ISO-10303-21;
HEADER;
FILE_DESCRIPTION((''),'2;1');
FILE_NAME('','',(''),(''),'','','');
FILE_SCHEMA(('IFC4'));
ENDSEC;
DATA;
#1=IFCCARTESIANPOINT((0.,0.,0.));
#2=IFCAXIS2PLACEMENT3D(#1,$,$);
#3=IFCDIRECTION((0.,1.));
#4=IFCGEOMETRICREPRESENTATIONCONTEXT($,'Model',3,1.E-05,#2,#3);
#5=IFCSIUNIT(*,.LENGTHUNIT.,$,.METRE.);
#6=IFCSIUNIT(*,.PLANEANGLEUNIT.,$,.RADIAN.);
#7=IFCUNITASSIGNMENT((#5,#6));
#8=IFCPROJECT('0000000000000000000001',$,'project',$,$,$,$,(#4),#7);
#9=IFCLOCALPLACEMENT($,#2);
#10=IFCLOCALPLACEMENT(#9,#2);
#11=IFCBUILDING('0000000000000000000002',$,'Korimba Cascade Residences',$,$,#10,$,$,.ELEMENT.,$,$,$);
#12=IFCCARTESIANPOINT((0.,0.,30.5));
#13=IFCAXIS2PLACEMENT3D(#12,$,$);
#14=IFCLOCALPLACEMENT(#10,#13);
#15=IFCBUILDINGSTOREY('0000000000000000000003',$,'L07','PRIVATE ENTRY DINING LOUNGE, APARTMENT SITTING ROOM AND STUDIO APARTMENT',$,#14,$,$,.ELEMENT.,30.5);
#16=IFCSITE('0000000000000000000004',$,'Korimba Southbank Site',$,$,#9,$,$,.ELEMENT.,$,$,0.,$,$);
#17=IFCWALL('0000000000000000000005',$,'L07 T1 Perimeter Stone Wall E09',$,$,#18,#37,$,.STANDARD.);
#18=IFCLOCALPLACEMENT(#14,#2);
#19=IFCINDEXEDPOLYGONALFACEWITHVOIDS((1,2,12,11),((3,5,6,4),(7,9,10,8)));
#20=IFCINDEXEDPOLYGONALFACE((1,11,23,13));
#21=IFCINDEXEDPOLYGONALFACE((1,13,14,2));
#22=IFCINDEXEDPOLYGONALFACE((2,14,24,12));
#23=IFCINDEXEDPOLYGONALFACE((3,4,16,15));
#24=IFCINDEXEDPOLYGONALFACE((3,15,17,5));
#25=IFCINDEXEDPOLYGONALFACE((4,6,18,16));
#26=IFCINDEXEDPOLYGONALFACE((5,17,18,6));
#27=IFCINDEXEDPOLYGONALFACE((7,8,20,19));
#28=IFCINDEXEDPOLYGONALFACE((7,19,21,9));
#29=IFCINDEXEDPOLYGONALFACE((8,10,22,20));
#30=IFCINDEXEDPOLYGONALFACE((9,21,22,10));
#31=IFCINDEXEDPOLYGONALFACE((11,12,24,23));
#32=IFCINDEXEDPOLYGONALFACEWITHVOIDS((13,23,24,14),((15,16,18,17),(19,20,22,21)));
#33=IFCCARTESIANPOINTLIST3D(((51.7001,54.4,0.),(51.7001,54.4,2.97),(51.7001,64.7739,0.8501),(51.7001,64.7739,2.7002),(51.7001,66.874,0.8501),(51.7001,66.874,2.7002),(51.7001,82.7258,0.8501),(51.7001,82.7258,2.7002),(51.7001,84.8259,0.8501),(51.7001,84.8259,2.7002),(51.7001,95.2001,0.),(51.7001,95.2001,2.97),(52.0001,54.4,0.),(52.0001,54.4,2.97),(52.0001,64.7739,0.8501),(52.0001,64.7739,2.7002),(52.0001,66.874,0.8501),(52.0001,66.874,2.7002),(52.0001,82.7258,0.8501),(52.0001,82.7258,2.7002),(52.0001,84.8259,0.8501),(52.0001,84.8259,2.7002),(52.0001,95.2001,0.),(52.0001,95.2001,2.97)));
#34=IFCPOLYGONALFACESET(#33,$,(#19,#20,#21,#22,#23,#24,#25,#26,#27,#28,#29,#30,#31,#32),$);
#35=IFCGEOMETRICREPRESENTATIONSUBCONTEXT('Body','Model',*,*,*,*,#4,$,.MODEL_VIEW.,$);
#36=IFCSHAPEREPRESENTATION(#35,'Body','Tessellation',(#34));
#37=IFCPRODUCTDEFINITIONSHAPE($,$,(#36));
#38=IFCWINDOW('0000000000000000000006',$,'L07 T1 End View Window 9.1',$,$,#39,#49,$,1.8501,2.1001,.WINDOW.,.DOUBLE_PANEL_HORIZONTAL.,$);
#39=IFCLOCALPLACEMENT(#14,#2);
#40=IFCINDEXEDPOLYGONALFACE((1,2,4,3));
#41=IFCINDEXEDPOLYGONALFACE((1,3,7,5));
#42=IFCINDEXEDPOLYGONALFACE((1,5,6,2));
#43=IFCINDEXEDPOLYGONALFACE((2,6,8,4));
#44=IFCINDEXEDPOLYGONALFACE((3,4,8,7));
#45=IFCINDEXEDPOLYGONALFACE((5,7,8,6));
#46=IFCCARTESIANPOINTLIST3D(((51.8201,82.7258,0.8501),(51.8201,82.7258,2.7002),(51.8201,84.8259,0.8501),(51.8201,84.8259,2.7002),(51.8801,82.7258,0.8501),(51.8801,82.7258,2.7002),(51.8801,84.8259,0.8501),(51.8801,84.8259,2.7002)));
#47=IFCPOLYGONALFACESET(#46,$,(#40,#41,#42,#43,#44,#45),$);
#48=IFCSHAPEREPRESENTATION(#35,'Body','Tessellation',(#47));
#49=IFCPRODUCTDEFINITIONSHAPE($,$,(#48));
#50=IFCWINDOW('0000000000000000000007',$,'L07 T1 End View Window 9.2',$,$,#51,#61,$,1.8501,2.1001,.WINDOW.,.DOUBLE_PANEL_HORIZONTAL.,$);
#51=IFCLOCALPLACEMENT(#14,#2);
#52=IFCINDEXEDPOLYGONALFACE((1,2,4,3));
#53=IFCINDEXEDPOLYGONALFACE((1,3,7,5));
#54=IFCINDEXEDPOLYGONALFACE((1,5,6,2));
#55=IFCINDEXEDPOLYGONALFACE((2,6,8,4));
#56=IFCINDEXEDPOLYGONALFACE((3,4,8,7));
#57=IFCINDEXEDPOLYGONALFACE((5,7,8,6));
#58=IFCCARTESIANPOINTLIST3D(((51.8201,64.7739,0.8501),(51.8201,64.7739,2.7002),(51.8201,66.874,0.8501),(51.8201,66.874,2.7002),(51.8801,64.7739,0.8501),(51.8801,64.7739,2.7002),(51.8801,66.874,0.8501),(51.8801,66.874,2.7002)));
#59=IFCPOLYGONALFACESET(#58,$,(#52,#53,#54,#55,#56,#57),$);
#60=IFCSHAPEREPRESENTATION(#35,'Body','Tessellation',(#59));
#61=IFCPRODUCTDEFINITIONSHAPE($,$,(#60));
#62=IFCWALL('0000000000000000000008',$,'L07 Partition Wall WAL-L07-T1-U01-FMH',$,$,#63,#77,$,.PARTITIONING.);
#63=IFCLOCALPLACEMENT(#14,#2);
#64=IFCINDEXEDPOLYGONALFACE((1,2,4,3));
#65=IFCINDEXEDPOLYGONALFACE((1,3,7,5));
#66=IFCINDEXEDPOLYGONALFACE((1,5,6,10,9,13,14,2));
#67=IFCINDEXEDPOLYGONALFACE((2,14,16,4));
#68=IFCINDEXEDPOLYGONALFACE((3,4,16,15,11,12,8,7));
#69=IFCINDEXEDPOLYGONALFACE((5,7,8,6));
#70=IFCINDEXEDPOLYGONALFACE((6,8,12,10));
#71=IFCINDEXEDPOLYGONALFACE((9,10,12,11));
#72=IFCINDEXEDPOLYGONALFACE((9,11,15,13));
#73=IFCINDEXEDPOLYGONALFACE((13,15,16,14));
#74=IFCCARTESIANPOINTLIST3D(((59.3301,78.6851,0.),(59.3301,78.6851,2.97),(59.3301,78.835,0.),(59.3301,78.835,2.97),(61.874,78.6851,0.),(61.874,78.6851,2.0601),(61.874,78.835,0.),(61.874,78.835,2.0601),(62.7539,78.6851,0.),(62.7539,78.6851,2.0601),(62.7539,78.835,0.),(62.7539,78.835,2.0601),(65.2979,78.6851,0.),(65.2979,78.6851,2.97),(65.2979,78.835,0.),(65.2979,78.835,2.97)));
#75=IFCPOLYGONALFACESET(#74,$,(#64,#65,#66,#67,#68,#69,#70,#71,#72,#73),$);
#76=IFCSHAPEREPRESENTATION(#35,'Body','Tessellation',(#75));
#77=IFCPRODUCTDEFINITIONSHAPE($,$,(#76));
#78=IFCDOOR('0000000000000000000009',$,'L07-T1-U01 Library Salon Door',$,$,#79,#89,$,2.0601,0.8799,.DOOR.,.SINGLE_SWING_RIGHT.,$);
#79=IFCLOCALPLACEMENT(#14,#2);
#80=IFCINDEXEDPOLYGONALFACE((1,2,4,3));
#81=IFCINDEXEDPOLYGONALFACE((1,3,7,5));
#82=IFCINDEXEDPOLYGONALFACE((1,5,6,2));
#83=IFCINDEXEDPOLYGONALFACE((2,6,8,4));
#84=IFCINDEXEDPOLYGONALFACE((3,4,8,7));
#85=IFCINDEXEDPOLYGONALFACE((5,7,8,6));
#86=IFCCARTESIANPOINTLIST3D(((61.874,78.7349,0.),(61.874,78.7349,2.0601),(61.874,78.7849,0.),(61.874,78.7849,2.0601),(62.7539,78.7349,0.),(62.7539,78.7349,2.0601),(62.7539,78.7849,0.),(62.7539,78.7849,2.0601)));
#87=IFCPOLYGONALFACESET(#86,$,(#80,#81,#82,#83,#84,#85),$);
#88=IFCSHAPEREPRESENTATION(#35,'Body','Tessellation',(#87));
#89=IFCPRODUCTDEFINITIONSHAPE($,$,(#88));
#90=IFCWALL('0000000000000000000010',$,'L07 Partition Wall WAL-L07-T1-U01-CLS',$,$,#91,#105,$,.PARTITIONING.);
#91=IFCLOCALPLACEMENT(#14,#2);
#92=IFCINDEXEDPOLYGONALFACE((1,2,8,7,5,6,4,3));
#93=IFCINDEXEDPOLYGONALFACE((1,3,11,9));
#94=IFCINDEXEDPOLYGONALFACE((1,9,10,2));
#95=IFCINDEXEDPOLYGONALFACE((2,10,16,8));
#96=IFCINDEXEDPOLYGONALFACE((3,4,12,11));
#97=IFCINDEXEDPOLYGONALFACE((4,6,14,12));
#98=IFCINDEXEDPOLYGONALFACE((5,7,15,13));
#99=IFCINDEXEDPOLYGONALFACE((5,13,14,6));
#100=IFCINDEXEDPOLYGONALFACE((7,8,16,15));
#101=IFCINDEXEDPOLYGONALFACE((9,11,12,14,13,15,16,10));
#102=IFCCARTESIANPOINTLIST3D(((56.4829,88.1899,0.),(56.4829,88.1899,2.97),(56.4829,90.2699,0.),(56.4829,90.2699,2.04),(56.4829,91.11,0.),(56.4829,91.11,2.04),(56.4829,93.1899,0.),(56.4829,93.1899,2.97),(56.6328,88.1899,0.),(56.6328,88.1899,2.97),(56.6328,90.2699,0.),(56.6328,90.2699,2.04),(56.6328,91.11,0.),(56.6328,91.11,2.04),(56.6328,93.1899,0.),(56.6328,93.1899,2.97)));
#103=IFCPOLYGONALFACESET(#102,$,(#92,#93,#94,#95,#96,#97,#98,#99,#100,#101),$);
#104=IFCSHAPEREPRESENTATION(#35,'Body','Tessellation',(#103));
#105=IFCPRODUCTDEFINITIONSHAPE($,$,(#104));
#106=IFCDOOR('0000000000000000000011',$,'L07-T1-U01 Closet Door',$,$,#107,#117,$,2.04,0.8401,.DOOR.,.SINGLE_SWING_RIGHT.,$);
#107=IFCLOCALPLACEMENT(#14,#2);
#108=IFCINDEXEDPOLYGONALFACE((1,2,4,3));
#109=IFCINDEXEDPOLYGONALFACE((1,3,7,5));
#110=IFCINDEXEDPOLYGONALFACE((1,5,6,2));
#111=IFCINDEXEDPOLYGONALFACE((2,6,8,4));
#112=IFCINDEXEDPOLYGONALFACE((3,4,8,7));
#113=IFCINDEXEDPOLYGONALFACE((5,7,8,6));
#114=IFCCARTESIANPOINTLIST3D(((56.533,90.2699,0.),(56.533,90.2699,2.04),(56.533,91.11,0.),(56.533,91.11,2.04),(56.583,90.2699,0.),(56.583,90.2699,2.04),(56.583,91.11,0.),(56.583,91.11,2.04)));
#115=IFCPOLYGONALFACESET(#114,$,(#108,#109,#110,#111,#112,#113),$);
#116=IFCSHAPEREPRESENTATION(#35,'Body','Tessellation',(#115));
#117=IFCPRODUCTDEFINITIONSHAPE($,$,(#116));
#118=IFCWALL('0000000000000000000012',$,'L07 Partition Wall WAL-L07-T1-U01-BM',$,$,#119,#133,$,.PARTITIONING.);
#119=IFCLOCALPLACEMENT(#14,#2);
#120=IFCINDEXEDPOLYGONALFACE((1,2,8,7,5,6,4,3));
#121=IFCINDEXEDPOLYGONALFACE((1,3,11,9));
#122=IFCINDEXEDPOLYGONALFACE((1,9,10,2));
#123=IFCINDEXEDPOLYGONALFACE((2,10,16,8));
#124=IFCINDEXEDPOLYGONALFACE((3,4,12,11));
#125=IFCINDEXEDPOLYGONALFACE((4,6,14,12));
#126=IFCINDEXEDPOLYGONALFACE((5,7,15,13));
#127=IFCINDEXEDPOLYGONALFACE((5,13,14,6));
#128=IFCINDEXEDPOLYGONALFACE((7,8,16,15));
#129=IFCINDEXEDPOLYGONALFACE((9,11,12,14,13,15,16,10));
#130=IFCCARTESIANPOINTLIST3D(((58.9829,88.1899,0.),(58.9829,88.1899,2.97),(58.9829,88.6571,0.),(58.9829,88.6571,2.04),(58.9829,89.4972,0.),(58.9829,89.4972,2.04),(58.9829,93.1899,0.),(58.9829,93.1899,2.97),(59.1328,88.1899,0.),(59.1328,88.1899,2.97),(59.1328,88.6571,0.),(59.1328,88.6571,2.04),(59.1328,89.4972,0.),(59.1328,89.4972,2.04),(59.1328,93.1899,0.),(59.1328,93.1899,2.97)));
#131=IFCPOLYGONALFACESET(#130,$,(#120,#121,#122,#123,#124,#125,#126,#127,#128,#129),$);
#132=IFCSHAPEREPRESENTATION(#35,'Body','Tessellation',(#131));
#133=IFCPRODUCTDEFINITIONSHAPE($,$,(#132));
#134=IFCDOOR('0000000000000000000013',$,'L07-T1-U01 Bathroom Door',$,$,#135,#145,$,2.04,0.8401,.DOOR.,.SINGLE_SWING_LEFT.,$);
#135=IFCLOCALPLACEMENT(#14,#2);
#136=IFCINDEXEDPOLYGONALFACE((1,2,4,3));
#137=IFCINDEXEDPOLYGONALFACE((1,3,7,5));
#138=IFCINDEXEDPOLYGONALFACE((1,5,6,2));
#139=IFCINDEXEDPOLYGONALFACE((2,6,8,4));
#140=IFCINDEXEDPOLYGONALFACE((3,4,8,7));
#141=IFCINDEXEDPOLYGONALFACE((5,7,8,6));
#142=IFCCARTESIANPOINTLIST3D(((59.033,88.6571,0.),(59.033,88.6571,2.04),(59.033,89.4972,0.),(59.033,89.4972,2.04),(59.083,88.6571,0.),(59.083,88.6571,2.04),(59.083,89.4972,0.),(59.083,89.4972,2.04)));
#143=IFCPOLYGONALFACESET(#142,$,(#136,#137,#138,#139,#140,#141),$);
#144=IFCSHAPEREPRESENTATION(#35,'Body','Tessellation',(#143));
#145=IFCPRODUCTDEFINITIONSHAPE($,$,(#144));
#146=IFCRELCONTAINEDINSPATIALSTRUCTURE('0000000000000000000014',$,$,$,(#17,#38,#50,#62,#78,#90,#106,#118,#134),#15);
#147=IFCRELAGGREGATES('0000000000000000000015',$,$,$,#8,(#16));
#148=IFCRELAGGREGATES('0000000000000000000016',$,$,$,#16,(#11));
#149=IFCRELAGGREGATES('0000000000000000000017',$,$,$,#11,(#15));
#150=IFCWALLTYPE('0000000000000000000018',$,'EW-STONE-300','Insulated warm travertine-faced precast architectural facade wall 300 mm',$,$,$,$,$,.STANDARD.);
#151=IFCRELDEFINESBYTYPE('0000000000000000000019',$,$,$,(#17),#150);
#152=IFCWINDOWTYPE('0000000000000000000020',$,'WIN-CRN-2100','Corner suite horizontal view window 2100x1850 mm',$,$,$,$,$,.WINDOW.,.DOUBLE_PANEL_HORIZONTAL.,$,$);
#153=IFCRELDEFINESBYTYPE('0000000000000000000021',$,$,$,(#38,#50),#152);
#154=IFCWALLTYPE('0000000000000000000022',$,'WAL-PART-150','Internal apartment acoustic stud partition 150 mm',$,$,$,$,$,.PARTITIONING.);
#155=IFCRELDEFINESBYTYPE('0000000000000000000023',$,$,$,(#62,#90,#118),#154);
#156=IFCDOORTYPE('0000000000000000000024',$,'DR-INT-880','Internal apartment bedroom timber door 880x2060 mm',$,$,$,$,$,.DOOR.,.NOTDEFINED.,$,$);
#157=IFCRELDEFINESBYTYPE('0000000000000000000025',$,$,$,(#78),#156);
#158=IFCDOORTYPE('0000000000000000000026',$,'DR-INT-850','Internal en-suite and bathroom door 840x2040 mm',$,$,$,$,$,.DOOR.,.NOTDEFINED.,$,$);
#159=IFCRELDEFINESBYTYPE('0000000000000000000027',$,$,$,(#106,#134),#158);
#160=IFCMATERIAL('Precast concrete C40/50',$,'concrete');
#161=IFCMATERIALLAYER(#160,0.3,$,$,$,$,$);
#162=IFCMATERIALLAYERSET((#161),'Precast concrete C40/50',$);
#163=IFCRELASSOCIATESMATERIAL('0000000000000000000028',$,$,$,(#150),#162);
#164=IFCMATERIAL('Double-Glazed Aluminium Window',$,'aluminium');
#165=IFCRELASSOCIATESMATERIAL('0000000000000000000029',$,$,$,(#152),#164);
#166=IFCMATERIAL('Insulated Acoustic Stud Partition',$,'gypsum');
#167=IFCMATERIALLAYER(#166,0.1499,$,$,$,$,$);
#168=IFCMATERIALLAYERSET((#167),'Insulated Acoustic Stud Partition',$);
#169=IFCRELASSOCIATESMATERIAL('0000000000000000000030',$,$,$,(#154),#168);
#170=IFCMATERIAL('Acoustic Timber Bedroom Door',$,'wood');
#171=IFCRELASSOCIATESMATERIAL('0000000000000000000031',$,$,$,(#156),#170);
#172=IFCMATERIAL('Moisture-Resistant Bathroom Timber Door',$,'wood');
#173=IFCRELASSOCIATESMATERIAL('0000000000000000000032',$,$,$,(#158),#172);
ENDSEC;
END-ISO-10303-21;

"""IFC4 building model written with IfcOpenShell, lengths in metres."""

from ifc_helpers import new_model, si_unit, direction, frame, frame_2d, origin, place, context, subcontext, project, spatial, rectangle, extrude, material, layer, layer_set, type_object, element, fill, save


model = new_model("IFC4")

# Units and contexts
model_context = context("Model", 3, precision=1e-05, world=origin(), true_north=direction((0.0, 1.0)))
body_context = subcontext(model_context, "Body", "Model", "MODEL_VIEW")
ifc_project = project(units=[si_unit("LENGTHUNIT", "METRE"), si_unit("PLANEANGLEUNIT", "RADIAN")], contexts=[model_context])

# Site, building, storey
site_placement = place(None, origin())
site = spatial("IfcSite", under=ifc_project, at=site_placement, Name="Korimba Southbank Site", CompositionType="ELEMENT", RefElevation=0.0)
building_placement = place(site_placement, origin())
building = spatial("IfcBuilding", under=site, at=building_placement, Name="Korimba Cascade Residences", CompositionType="ELEMENT")
storey_placement = place(building_placement, frame((0.0, 0.0, 30.5)))
storey = spatial("IfcBuildingStorey", under=building, at=storey_placement, Name="L07", Description="PRIVATE ENTRY DINING LOUNGE, APARTMENT SITTING ROOM AND STUDIO APARTMENT", CompositionType="ELEMENT", Elevation=30.5)

# Shared definitions
ifc_material_1 = material(Name="Precast concrete C40/50", Category="concrete")
ifc_layer_1 = layer(ifc_material_1, 0.3)
ifc_layer_set_1 = layer_set([ifc_layer_1], Name="Precast concrete C40/50")
wall_type_1 = type_object("IfcWallType", Name="EW-STONE-300", Description="Insulated warm travertine-faced precast architectural facade wall 300 mm", PredefinedType="STANDARD", material=ifc_layer_set_1)

# Wall, openings, windows
wall_1_placement = place(storey_placement, frame((51.8501, 95.2, 0.0), z_axis=(0.0, 0.0, 1.0), x_axis=(0.0, -1.0, 0.0)))
wall_1 = element("IfcWall", 1, at=wall_1_placement, inside=storey, type_object=wall_type_1, Name="L07 T1 Perimeter Stone Wall E09", PredefinedType="STANDARD", context=body_context, shape_type="SweptSolid", body=[
    extrude(rectangle(XDim=40.8, YDim=0.3, at=frame_2d((20.3999, 0.0))), origin(), (0.0, 0.0, 1.0), 2.97),
])
opening_1_placement = place(wall_1_placement, frame((10.374, 0.0, 0.8501)))
opening_1 = element("IfcOpeningElement", 2, at=opening_1_placement, cuts=wall_1, PredefinedType="OPENING", context=body_context, shape_type="SweptSolid", body=[
    extrude(rectangle(XDim=2.1001, YDim=1.8501, at=frame_2d((1.05, 0.925))), frame((0.0, 0.1602, 0.0), z_axis=(0.0, -1.0, 0.0), x_axis=(1.0, 0.0, 0.0)), (0.0, 0.0, 1.0), 0.3201),
])
opening_2_placement = place(wall_1_placement, frame((28.3259, 0.0, 0.8501)))
opening_2 = element("IfcOpeningElement", 3, at=opening_2_placement, cuts=wall_1, PredefinedType="OPENING", context=body_context, shape_type="SweptSolid", body=[
    extrude(rectangle(XDim=2.1001, YDim=1.8501, at=frame_2d((1.05, 0.925))), frame((0.0, 0.1602, 0.0), z_axis=(0.0, -1.0, 0.0), x_axis=(1.0, 0.0, 0.0)), (0.0, 0.0, 1.0), 0.3201),
])
ifc_material_2 = material(Name="Double-Glazed Aluminium Window", Category="aluminium")
window_type = type_object("IfcWindowType", Name="WIN-CRN-2100", Description="Corner suite horizontal view window 2100x1850 mm", PartitioningType="DOUBLE_PANEL_HORIZONTAL", PredefinedType="WINDOW", material=ifc_material_2)
window_1_placement = place(opening_1_placement, origin())
window_1 = element("IfcWindow", 4, at=window_1_placement, inside=storey, type_object=window_type, Name="L07 T1 End View Window 9.1", OverallHeight=1.8501, OverallWidth=2.1001, PartitioningType="DOUBLE_PANEL_HORIZONTAL", PredefinedType="WINDOW", context=body_context, shape_type="SweptSolid", body=[
    extrude(rectangle(XDim=2.1001, YDim=1.8501, at=frame_2d((1.05, 0.925))), frame((0.0, 0.03, 0.0), z_axis=(0.0, -1.0, 0.0), x_axis=(1.0, 0.0, 0.0)), (0.0, 0.0, 1.0), 0.0601),
])
fill(opening_1, window_1)
window_2_placement = place(opening_2_placement, origin())
window_2 = element("IfcWindow", 5, at=window_2_placement, inside=storey, type_object=window_type, Name="L07 T1 End View Window 9.2", OverallHeight=1.8501, OverallWidth=2.1001, PartitioningType="DOUBLE_PANEL_HORIZONTAL", PredefinedType="WINDOW", context=body_context, shape_type="SweptSolid", body=[
    extrude(rectangle(XDim=2.1001, YDim=1.8501, at=frame_2d((1.05, 0.925))), frame((0.0, 0.03, 0.0), z_axis=(0.0, -1.0, 0.0), x_axis=(1.0, 0.0, 0.0)), (0.0, 0.0, 1.0), 0.0601),
])
fill(opening_2, window_2)

# Walls, openings, doors
ifc_material_3 = material(Name="Insulated Acoustic Stud Partition", Category="gypsum")
ifc_layer_2 = layer(ifc_material_3, 0.1499)
ifc_layer_set_2 = layer_set([ifc_layer_2], Name="Insulated Acoustic Stud Partition")
wall_type_2 = type_object("IfcWallType", Name="WAL-PART-150", Description="Internal apartment acoustic stud partition 150 mm", PredefinedType="PARTITIONING", material=ifc_layer_set_2)
wall_2_placement = place(storey_placement, frame((59.3301, 78.76, 0.0), z_axis=(0.0, 0.0, 1.0), x_axis=(1.0, 0.0, 0.0)))
wall_2 = element("IfcWall", 6, at=wall_2_placement, inside=storey, type_object=wall_type_2, Name="L07 Partition Wall WAL-L07-T1-U01-FMH", PredefinedType="PARTITIONING", context=body_context, shape_type="SweptSolid", body=[
    extrude(rectangle(XDim=5.9678, YDim=0.1499, at=frame_2d((2.9839, 0.0))), origin(), (0.0, 0.0, 1.0), 2.97),
])
opening_3_placement = place(wall_2_placement, frame((2.5439, 0.0, 0.0)))
opening_3 = element("IfcOpeningElement", 7, at=opening_3_placement, cuts=wall_2, PredefinedType="OPENING", context=body_context, shape_type="SweptSolid", body=[
    extrude(rectangle(XDim=0.8799, YDim=2.0601, at=frame_2d((0.4399, 1.03))), frame((0.0, 0.085, 0.0), z_axis=(0.0, -1.0, 0.0), x_axis=(1.0, 0.0, 0.0)), (0.0, 0.0, 1.0), 0.1699),
])
ifc_material_4 = material(Name="Acoustic Timber Bedroom Door", Category="wood")
door_type_1 = type_object("IfcDoorType", Name="DR-INT-880", Description="Internal apartment bedroom timber door 880x2060 mm", OperationType="NOTDEFINED", PredefinedType="DOOR", material=ifc_material_4)
door_1_placement = place(opening_3_placement, origin())
door_1 = element("IfcDoor", 8, at=door_1_placement, inside=storey, type_object=door_type_1, Name="L07-T1-U01 Library Salon Door", OperationType="SINGLE_SWING_RIGHT", OverallHeight=2.0601, OverallWidth=0.8799, PredefinedType="DOOR", context=body_context, shape_type="SweptSolid", body=[
    extrude(rectangle(XDim=0.8799, YDim=2.0601, at=frame_2d((0.4399, 1.03))), frame((0.0, 0.0249, 0.0), z_axis=(0.0, -1.0, 0.0), x_axis=(1.0, 0.0, 0.0)), (0.0, 0.0, 1.0), 0.05),
])
fill(opening_3, door_1)
wall_3_placement = place(storey_placement, frame((56.5579, 88.1899, 0.0), z_axis=(0.0, 0.0, 1.0), x_axis=(0.0, 1.0, 0.0)))
wall_3 = element("IfcWall", 9, at=wall_3_placement, inside=storey, type_object=wall_type_2, Name="L07 Partition Wall WAL-L07-T1-U01-CLS", PredefinedType="PARTITIONING", context=body_context, shape_type="SweptSolid", body=[
    extrude(rectangle(XDim=5.0, YDim=0.1499, at=frame_2d((2.5, 0.0))), origin(), (0.0, 0.0, 1.0), 2.97),
])
opening_4_placement = place(wall_3_placement, frame((2.0801, 0.0, 0.0)))
opening_4 = element("IfcOpeningElement", 10, at=opening_4_placement, cuts=wall_3, PredefinedType="OPENING", context=body_context, shape_type="SweptSolid", body=[
    extrude(rectangle(XDim=0.8401, YDim=2.04, at=frame_2d((0.4199, 1.02))), frame((0.0, 0.085, 0.0), z_axis=(0.0, -1.0, 0.0), x_axis=(1.0, 0.0, 0.0)), (0.0, 0.0, 1.0), 0.1699),
])
ifc_material_5 = material(Name="Moisture-Resistant Bathroom Timber Door", Category="wood")
door_type_2 = type_object("IfcDoorType", Name="DR-INT-850", Description="Internal en-suite and bathroom door 840x2040 mm", OperationType="NOTDEFINED", PredefinedType="DOOR", material=ifc_material_5)
door_2_placement = place(opening_4_placement, origin())
door_2 = element("IfcDoor", 11, at=door_2_placement, inside=storey, type_object=door_type_2, Name="L07-T1-U01 Closet Door", OperationType="SINGLE_SWING_RIGHT", OverallHeight=2.04, OverallWidth=0.8401, PredefinedType="DOOR", context=body_context, shape_type="SweptSolid", body=[
    extrude(rectangle(XDim=0.8401, YDim=2.04, at=frame_2d((0.4199, 1.02))), frame((0.0, 0.0249, 0.0), z_axis=(0.0, -1.0, 0.0), x_axis=(1.0, 0.0, 0.0)), (0.0, 0.0, 1.0), 0.05),
])
fill(opening_4, door_2)
wall_4_placement = place(storey_placement, frame((59.0579, 88.1899, 0.0), z_axis=(0.0, 0.0, 1.0), x_axis=(0.0, 1.0, 0.0)))
wall_4 = element("IfcWall", 12, at=wall_4_placement, inside=storey, type_object=wall_type_2, Name="L07 Partition Wall WAL-L07-T1-U01-BM", PredefinedType="PARTITIONING", context=body_context, shape_type="SweptSolid", body=[
    extrude(rectangle(XDim=5.0, YDim=0.1499, at=frame_2d((2.5, 0.0))), origin(), (0.0, 0.0, 1.0), 2.97),
])
opening_5_placement = place(wall_4_placement, frame((0.4673, 0.0, 0.0)))
opening_5 = element("IfcOpeningElement", 13, at=opening_5_placement, cuts=wall_4, PredefinedType="OPENING", context=body_context, shape_type="SweptSolid", body=[
    extrude(rectangle(XDim=0.8401, YDim=2.04, at=frame_2d((0.4199, 1.02))), frame((0.0, 0.085, 0.0), z_axis=(0.0, -1.0, 0.0), x_axis=(1.0, 0.0, 0.0)), (0.0, 0.0, 1.0), 0.1699),
])
door_3_placement = place(opening_5_placement, origin())
door_3 = element("IfcDoor", 14, at=door_3_placement, inside=storey, type_object=door_type_2, Name="L07-T1-U01 Bathroom Door", OperationType="SINGLE_SWING_LEFT", OverallHeight=2.04, OverallWidth=0.8401, PredefinedType="DOOR", context=body_context, shape_type="SweptSolid", body=[
    extrude(rectangle(XDim=0.8401, YDim=2.04, at=frame_2d((0.4199, 1.02))), frame((0.0, 0.0249, 0.0), z_axis=(0.0, -1.0, 0.0), x_axis=(1.0, 0.0, 0.0)), (0.0, 0.0, 1.0), 0.05),
])
fill(opening_5, door_3)

save(model, "model.ifc")
